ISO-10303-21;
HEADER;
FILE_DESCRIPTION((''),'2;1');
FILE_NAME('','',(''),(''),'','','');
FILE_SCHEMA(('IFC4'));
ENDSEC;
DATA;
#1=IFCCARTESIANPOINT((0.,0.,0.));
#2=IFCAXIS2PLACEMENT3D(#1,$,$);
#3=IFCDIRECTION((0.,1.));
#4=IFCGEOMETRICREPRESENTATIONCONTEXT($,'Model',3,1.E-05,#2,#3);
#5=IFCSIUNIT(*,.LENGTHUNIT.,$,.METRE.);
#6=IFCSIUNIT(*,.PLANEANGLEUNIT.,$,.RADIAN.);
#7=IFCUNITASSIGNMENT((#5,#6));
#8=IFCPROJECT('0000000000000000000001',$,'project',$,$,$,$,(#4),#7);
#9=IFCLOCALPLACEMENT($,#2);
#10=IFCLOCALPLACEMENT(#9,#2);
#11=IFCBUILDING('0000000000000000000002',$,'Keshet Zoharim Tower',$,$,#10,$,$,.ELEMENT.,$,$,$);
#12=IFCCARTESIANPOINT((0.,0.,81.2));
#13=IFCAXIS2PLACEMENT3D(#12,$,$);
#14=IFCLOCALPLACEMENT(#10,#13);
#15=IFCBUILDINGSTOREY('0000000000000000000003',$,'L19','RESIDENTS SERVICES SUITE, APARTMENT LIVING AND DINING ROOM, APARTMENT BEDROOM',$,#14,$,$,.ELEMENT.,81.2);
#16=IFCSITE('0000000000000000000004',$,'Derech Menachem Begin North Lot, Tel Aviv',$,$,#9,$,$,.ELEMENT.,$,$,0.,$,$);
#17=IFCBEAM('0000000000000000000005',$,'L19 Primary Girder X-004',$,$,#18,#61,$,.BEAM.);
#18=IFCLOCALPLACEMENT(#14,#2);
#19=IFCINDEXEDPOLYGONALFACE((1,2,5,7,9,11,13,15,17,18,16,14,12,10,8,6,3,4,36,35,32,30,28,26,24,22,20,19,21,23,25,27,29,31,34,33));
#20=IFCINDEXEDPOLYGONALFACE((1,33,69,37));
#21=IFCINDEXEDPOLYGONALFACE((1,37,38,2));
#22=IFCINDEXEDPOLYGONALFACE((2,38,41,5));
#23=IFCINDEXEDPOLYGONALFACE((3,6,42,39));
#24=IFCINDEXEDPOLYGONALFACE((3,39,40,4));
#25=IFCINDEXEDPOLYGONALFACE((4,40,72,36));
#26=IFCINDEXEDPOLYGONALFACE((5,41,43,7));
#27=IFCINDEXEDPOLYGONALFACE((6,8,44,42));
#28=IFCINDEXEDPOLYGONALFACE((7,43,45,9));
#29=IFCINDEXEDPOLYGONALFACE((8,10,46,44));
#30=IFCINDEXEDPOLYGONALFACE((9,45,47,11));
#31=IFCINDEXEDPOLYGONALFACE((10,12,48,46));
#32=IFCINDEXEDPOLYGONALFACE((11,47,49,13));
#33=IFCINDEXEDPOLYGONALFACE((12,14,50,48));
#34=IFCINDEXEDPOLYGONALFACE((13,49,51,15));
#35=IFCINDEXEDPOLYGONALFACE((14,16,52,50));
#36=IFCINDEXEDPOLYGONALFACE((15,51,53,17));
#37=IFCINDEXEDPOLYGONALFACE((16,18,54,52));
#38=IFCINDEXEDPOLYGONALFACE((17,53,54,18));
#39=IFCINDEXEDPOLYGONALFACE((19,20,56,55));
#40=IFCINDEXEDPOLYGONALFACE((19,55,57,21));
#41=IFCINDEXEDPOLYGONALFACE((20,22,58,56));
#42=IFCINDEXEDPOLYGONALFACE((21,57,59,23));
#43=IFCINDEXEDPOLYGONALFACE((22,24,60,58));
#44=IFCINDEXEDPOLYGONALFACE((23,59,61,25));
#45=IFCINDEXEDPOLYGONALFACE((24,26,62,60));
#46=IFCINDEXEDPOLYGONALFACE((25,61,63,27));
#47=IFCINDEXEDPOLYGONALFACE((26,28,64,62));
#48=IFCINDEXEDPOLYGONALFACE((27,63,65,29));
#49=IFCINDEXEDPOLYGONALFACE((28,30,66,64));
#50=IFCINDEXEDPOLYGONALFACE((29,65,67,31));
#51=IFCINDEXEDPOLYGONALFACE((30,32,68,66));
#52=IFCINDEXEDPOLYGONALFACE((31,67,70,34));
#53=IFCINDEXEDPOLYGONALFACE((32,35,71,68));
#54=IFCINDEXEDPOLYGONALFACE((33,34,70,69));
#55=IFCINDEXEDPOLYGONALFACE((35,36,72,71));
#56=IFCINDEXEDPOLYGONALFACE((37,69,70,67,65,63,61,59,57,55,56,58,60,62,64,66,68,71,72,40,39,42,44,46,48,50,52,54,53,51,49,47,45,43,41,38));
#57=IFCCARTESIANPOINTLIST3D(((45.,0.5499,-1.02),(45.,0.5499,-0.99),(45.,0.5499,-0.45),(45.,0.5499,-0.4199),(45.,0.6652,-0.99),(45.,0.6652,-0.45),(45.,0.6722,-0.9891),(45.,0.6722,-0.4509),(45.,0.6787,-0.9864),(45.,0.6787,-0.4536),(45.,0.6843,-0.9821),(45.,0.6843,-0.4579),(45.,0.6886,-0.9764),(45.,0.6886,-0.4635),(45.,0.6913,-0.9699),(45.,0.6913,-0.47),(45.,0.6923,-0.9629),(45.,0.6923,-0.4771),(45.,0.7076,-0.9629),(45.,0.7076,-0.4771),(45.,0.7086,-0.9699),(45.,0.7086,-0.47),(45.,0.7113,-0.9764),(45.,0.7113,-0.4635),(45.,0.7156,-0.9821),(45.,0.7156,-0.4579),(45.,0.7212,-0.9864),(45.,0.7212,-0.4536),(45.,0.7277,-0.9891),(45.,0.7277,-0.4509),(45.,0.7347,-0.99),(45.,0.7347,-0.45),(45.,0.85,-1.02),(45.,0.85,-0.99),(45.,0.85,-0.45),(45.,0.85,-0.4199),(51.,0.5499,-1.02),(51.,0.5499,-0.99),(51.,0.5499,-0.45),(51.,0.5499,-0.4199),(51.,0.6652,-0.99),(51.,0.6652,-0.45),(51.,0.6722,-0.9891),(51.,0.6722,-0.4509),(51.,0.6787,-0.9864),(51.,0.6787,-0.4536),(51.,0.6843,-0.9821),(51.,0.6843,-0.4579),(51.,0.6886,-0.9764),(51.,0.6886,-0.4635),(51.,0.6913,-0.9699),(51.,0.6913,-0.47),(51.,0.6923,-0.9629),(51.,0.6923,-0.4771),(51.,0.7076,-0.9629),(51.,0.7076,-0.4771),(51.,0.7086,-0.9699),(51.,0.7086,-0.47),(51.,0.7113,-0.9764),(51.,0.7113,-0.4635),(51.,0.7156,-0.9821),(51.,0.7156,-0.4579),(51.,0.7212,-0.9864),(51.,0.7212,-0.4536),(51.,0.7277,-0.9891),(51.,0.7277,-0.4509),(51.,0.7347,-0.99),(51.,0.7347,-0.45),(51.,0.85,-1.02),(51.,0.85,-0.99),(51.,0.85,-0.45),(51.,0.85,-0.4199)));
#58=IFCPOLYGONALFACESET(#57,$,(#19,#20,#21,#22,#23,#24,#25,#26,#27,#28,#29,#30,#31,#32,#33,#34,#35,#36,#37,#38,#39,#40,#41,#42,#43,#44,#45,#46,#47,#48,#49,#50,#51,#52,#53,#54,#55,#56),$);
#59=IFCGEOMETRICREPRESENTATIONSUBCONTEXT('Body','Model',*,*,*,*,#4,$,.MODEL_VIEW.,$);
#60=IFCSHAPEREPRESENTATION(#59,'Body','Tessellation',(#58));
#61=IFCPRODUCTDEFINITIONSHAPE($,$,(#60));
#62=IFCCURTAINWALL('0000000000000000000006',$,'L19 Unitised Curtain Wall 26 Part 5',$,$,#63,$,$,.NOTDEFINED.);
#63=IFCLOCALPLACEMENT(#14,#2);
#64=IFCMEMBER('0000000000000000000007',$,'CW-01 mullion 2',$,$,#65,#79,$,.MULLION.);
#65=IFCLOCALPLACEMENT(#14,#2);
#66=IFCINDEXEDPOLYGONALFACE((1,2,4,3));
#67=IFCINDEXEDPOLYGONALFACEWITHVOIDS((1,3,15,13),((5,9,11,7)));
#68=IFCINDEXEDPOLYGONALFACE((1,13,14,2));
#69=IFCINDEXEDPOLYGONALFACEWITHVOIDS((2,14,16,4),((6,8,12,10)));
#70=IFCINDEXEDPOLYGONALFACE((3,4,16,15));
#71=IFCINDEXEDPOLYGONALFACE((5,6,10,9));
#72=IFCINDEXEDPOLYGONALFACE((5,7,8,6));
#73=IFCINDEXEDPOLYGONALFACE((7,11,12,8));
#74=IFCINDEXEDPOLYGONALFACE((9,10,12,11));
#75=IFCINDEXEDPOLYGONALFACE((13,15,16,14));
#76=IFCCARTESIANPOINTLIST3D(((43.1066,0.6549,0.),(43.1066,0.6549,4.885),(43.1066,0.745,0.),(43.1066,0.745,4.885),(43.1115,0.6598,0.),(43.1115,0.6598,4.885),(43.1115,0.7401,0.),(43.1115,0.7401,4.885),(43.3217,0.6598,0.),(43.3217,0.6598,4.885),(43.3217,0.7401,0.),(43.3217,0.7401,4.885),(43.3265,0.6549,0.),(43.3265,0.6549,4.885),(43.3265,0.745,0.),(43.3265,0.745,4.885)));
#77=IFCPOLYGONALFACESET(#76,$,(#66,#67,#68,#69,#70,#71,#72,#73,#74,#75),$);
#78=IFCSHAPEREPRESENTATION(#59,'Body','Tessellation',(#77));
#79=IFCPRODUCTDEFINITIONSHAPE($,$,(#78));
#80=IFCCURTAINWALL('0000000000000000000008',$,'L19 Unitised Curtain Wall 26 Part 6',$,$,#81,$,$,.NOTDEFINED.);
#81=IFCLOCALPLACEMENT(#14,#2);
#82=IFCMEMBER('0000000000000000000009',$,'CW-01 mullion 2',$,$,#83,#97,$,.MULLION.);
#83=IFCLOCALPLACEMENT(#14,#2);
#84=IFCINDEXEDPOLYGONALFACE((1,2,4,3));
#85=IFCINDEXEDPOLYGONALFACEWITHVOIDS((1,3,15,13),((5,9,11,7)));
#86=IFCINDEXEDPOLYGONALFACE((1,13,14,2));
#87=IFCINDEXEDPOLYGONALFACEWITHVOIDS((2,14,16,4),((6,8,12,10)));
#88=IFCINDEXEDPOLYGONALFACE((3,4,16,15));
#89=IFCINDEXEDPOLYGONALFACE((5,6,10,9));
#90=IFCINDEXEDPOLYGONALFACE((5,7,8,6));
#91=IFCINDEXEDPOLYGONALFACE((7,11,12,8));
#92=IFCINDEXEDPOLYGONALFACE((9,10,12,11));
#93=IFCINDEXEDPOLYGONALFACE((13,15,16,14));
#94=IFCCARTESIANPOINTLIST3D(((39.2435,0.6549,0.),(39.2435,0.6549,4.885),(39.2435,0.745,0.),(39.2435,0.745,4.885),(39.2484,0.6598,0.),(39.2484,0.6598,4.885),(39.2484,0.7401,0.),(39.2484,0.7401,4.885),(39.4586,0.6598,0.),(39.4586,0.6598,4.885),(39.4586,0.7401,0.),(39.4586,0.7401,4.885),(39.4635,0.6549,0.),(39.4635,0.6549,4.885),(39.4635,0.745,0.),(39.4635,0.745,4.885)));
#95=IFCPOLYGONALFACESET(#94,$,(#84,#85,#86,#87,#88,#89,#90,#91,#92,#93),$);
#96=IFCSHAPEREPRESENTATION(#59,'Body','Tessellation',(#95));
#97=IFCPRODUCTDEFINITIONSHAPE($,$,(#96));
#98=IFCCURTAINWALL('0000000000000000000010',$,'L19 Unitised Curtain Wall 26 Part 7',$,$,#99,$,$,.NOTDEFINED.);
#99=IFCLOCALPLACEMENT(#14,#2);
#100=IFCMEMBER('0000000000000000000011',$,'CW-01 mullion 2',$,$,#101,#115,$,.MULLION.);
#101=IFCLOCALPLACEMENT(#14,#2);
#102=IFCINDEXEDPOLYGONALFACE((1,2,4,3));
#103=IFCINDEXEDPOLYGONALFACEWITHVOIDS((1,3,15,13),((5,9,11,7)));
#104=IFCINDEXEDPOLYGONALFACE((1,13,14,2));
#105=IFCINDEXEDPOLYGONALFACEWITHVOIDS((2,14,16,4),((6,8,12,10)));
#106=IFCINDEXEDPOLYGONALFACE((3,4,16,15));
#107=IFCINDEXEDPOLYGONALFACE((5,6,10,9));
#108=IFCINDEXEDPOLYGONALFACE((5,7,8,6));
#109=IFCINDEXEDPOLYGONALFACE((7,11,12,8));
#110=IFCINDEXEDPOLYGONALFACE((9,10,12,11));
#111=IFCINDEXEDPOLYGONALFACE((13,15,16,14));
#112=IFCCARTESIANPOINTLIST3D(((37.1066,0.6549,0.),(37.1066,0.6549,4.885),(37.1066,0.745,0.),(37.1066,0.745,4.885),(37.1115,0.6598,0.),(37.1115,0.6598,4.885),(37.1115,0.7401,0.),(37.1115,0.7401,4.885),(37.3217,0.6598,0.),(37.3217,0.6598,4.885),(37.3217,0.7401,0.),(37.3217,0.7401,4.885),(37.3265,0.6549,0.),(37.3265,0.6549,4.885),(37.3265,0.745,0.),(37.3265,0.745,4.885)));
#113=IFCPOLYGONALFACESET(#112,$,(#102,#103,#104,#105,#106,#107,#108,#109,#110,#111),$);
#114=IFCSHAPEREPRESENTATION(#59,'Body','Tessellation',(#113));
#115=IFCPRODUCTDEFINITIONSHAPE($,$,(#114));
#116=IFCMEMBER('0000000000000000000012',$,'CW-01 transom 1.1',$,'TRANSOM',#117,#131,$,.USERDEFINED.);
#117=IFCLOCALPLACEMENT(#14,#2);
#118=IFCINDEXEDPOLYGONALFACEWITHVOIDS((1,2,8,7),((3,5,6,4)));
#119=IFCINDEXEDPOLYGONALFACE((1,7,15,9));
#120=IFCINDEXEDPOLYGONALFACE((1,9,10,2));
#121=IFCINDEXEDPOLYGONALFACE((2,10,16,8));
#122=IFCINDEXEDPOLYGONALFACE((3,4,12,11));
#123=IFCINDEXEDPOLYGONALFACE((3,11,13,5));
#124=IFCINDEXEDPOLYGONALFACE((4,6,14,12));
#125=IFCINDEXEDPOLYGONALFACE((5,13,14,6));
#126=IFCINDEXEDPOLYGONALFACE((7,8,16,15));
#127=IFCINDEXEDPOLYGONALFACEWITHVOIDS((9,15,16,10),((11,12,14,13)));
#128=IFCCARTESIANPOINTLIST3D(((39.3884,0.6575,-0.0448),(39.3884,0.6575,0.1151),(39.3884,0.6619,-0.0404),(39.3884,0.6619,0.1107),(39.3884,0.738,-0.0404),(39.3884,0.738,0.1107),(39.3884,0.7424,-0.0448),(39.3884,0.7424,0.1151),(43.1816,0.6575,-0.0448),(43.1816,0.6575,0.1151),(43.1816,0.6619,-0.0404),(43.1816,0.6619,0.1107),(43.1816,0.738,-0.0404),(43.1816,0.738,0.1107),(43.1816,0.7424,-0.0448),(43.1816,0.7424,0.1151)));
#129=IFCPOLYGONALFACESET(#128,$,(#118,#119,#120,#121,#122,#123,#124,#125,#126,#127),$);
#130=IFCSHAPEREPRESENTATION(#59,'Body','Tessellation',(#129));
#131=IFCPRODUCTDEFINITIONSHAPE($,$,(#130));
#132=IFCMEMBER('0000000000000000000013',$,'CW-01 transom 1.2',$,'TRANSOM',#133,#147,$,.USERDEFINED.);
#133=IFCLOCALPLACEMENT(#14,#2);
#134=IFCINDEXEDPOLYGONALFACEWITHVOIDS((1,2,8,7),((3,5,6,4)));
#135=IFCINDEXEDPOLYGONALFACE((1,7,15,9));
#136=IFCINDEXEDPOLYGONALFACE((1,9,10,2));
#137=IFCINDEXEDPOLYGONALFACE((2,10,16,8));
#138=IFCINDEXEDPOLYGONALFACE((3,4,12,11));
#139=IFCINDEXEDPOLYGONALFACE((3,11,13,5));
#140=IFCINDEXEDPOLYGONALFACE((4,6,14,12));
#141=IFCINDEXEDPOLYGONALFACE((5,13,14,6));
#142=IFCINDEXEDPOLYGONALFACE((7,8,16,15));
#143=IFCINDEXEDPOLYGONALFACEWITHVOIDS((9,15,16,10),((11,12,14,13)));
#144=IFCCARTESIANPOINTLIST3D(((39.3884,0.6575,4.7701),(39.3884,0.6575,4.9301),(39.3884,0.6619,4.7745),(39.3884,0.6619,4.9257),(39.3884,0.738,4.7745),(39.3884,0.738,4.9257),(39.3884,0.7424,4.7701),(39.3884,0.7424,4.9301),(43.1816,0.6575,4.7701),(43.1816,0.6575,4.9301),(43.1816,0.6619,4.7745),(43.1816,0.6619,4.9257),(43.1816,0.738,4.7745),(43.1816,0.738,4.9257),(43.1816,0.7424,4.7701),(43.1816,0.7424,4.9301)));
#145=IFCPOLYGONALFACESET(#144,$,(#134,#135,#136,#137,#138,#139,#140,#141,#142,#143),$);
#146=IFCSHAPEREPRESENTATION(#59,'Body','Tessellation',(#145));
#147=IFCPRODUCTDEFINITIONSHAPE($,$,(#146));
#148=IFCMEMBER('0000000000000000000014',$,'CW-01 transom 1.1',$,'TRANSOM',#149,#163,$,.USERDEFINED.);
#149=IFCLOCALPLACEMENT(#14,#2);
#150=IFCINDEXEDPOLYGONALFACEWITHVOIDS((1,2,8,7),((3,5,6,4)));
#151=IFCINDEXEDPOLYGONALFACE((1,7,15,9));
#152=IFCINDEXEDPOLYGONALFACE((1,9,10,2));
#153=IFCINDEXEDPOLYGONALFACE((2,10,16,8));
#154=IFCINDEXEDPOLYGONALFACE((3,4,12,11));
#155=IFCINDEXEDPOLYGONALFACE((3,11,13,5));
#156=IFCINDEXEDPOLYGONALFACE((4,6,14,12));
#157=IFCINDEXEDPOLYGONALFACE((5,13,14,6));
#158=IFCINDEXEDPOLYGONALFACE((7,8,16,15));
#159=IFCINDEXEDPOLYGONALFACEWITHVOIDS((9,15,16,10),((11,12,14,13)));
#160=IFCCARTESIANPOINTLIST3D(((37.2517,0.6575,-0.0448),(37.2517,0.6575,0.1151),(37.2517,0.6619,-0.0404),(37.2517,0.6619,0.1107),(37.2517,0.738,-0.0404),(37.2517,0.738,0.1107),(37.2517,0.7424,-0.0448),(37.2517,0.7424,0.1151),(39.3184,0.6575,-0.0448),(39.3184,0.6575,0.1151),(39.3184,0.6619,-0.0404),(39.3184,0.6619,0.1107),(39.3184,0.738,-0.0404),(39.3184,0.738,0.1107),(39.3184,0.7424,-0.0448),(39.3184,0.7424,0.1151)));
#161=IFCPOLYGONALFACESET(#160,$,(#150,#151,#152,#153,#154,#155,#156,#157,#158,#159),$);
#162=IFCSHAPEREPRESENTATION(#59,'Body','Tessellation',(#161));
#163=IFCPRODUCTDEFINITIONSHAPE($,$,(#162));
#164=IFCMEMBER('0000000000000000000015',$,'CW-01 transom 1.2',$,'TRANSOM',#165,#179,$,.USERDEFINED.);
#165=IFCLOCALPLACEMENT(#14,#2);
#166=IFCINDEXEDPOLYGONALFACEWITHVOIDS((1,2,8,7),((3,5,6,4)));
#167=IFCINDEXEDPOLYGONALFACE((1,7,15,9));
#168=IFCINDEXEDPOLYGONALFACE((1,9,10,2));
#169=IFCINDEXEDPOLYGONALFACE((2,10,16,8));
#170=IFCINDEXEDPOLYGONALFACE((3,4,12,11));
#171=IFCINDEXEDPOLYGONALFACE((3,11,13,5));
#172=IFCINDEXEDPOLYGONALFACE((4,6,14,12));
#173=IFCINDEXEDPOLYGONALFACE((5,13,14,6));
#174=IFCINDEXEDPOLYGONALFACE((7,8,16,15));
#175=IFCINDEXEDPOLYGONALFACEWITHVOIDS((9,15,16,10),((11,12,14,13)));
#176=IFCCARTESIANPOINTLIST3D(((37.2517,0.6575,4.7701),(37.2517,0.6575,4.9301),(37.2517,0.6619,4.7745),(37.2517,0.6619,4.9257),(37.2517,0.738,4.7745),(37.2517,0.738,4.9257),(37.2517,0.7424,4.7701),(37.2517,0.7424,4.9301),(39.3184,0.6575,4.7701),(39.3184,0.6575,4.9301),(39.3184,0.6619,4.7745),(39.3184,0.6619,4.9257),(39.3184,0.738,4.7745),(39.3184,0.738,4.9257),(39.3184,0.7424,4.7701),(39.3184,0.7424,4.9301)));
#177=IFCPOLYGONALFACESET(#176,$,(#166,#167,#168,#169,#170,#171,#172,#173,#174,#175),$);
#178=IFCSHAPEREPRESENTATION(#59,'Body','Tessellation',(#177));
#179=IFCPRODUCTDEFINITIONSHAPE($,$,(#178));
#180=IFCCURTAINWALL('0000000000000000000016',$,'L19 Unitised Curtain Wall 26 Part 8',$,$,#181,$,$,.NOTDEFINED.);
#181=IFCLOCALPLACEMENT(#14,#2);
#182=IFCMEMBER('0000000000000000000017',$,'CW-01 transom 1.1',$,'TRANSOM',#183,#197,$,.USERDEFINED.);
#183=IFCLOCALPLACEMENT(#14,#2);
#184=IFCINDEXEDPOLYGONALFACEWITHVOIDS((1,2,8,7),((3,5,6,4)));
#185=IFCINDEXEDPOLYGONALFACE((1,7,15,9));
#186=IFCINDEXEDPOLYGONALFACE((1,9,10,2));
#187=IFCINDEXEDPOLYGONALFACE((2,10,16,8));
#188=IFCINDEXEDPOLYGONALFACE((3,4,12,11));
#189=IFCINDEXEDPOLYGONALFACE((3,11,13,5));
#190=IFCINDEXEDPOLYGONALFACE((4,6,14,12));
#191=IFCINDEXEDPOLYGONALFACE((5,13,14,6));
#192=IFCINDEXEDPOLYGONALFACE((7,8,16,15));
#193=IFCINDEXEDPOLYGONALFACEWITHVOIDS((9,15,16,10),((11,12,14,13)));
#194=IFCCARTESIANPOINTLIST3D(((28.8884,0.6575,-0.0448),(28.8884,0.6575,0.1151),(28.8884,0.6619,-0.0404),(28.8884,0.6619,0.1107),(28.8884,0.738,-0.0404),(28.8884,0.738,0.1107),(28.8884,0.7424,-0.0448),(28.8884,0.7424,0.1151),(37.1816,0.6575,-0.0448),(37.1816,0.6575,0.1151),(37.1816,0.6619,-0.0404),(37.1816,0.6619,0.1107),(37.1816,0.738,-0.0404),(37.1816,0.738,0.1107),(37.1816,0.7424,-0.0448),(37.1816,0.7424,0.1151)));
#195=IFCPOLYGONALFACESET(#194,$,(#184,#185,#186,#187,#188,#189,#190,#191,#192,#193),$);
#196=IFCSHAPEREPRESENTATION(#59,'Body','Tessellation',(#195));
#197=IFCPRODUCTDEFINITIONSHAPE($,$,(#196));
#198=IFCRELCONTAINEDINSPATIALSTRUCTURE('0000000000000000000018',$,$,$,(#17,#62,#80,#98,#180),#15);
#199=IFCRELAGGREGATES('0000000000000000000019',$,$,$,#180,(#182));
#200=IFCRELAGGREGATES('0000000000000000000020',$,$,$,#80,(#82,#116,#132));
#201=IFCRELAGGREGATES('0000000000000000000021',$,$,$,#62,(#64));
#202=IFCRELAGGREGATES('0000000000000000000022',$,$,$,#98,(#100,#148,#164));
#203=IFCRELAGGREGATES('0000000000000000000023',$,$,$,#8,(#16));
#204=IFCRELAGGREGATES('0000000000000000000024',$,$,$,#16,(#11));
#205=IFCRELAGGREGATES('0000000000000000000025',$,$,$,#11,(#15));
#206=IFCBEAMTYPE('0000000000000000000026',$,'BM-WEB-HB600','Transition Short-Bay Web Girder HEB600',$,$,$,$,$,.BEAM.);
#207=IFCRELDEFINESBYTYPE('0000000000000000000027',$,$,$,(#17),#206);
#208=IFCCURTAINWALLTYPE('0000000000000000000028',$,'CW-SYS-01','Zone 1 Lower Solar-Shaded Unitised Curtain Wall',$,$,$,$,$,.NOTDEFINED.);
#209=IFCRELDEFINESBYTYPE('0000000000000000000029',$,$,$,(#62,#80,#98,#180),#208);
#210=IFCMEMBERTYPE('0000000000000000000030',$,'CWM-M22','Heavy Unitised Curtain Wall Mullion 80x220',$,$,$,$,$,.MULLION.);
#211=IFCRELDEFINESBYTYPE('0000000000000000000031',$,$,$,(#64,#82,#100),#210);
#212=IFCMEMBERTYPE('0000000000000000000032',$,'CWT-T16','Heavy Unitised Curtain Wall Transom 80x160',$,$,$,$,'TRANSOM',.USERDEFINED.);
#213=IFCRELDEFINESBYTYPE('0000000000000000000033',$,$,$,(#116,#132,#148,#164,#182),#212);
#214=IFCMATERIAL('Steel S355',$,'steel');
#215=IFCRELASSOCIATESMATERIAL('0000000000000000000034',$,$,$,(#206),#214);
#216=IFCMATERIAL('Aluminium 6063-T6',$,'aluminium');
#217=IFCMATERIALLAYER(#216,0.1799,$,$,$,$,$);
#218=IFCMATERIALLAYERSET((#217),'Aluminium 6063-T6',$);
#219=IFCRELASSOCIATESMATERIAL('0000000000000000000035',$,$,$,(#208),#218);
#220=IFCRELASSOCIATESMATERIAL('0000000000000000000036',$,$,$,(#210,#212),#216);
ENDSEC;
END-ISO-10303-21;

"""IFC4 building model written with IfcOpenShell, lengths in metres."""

from ifc_helpers import new_model, si_unit, direction, frame, origin, origin_2d, place, context, subcontext, project, spatial, hollow_rectangle, i_section, extrude, material, layer, layer_set, material_profile, profile_set, type_object, element, aggregate, save


model = new_model("IFC4")

# Units and contexts
model_context = context("Model", 3, precision=1e-05, world=origin(), true_north=direction((0.0, 1.0)))
body_context = subcontext(model_context, "Body", "Model", "MODEL_VIEW")
ifc_project = project(units=[si_unit("LENGTHUNIT", "METRE"), si_unit("PLANEANGLEUNIT", "RADIAN")], contexts=[model_context])

# Site, building, storey
site_placement = place(None, origin())
site = spatial("IfcSite", under=ifc_project, at=site_placement, Name="Derech Menachem Begin North Lot, Tel Aviv", CompositionType="ELEMENT", RefElevation=0.0)
building_placement = place(site_placement, origin())
building = spatial("IfcBuilding", under=site, at=building_placement, Name="Keshet Zoharim Tower", CompositionType="ELEMENT")
storey_placement = place(building_placement, frame((0.0, 0.0, 81.2)))
storey = spatial("IfcBuildingStorey", under=building, at=storey_placement, Name="L19", Description="RESIDENTS SERVICES SUITE, APARTMENT LIVING AND DINING ROOM, APARTMENT BEDROOM", CompositionType="ELEMENT", Elevation=81.2)

# Shared definitions
ifc_material_1 = material(Name="Steel S355", Category="steel")

# Beam
ifc_material_profile_1 = material_profile(ifc_material_1, i_section(OverallWidth=0.3, OverallDepth=0.6001, WebThickness=0.0154, FlangeThickness=0.03, FilletRadius=0.0271, at=origin_2d()), Name="HEB600")
ifc_profile_set_1 = profile_set([ifc_material_profile_1], Name="Steel S355")
beam_type_1 = type_object("IfcBeamType", Name="BM-WEB-HB600", Description="Transition Short-Bay Web Girder HEB600", PredefinedType="BEAM", material=ifc_profile_set_1)
for number, where, z_axis, x_axis, name in (
    (1, (45.0, 0.7, -0.72), (1.0, 0.0, 0.0), (0.0, 1.0, 0.0), "L19 Primary Girder X-004"),
):
    element("IfcBeam", number, at=place(storey_placement, frame(where, z_axis=z_axis, x_axis=x_axis)), inside=storey, type_object=beam_type_1, Name=name, PredefinedType="BEAM", context=body_context, shape_type="SweptSolid", body=[
        extrude(i_section(OverallWidth=0.3, OverallDepth=0.6001, WebThickness=0.0154, FlangeThickness=0.03, FilletRadius=0.0271, at=origin_2d()), origin(), (0.0, 0.0, 1.0), 6.0),
    ])

# Curtain walls, members
ifc_material_2 = material(Name="Aluminium 6063-T6", Category="aluminium")
ifc_layer_1 = layer(ifc_material_2, 0.1799)
ifc_layer_set_1 = layer_set([ifc_layer_1], Name="Aluminium 6063-T6")
curtain_wall_type = type_object("IfcCurtainWallType", Name="CW-SYS-01", Description="Zone 1 Lower Solar-Shaded Unitised Curtain Wall", PredefinedType="NOTDEFINED", material=ifc_layer_set_1)
curtain_wall_1_placement = place(storey_placement, origin())
curtain_wall_1 = element("IfcCurtainWall", 2, at=curtain_wall_1_placement, inside=storey, type_object=curtain_wall_type, Name="L19 Unitised Curtain Wall 26 Part 5", PredefinedType="NOTDEFINED")
ifc_material_profile_2 = material_profile(ifc_material_2, hollow_rectangle(XDim=0.0901, YDim=0.22, WallThickness=0.0049, at=origin_2d()), Name="MUL-90x220")
ifc_profile_set_2 = profile_set([ifc_material_profile_2], Name="Aluminium 6063-T6")
member_type_1 = type_object("IfcMemberType", Name="CWM-M22", Description="Heavy Unitised Curtain Wall Mullion 80x220", PredefinedType="MULLION", material=ifc_profile_set_2)
member_1_placement = place(storey_placement, frame((43.2166, 0.7, 0.0), z_axis=(0.0, 0.0, 1.0), x_axis=(0.0, -1.0, 0.0)))
member_1 = element("IfcMember", 3, at=member_1_placement, type_object=member_type_1, Name="CW-01 mullion 2", PredefinedType="MULLION", context=body_context, shape_type="SweptSolid", body=[
    extrude(hollow_rectangle(XDim=0.0901, YDim=0.22, WallThickness=0.0049, at=origin_2d()), origin(), (0.0, 0.0, 1.0), 4.885),
])
curtain_wall_2_placement = place(storey_placement, origin())
curtain_wall_2 = element("IfcCurtainWall", 4, at=curtain_wall_2_placement, inside=storey, type_object=curtain_wall_type, Name="L19 Unitised Curtain Wall 26 Part 6", PredefinedType="NOTDEFINED")
member_2_placement = place(storey_placement, frame((39.3535, 0.7, 0.0), z_axis=(0.0, 0.0, 1.0), x_axis=(0.0, -1.0, 0.0)))
member_2 = element("IfcMember", 5, at=member_2_placement, type_object=member_type_1, Name="CW-01 mullion 2", PredefinedType="MULLION", context=body_context, shape_type="SweptSolid", body=[
    extrude(hollow_rectangle(XDim=0.0901, YDim=0.22, WallThickness=0.0049, at=origin_2d()), origin(), (0.0, 0.0, 1.0), 4.885),
])
curtain_wall_3_placement = place(storey_placement, origin())
curtain_wall_3 = element("IfcCurtainWall", 6, at=curtain_wall_3_placement, inside=storey, type_object=curtain_wall_type, Name="L19 Unitised Curtain Wall 26 Part 7", PredefinedType="NOTDEFINED")
member_3_placement = place(storey_placement, frame((37.2166, 0.7, 0.0), z_axis=(0.0, 0.0, 1.0), x_axis=(0.0, -1.0, 0.0)))
member_3 = element("IfcMember", 7, at=member_3_placement, type_object=member_type_1, Name="CW-01 mullion 2", PredefinedType="MULLION", context=body_context, shape_type="SweptSolid", body=[
    extrude(hollow_rectangle(XDim=0.0901, YDim=0.22, WallThickness=0.0049, at=origin_2d()), origin(), (0.0, 0.0, 1.0), 4.885),
])

# Members
ifc_material_profile_3 = material_profile(ifc_material_2, hollow_rectangle(XDim=0.085, YDim=0.1599, WallThickness=0.0044, at=origin_2d()), Name="TRN-85x160")
ifc_profile_set_3 = profile_set([ifc_material_profile_3], Name="Aluminium 6063-T6")
member_type_2 = type_object("IfcMemberType", Name="CWT-T16", Description="Heavy Unitised Curtain Wall Transom 80x160", ElementType="TRANSOM", PredefinedType="USERDEFINED", material=ifc_profile_set_3)
member_4_placement = place(storey_placement, frame((43.1816, 0.7, 0.0352), z_axis=(-1.0, 0.0, 0.0), x_axis=(0.0, -1.0, 0.0)))
member_4 = element("IfcMember", 8, at=member_4_placement, type_object=member_type_2, Name="CW-01 transom 1.1", ObjectType="TRANSOM", PredefinedType="USERDEFINED", context=body_context, shape_type="SweptSolid", body=[
    extrude(hollow_rectangle(XDim=0.085, YDim=0.1599, WallThickness=0.0044, at=origin_2d()), origin(), (0.0, 0.0, 1.0), 3.7932),
])
member_5_placement = place(storey_placement, frame((43.1816, 0.7, 4.8501), z_axis=(-1.0, 0.0, 0.0), x_axis=(0.0, -1.0, 0.0)))
member_5 = element("IfcMember", 9, at=member_5_placement, type_object=member_type_2, Name="CW-01 transom 1.2", ObjectType="TRANSOM", PredefinedType="USERDEFINED", context=body_context, shape_type="SweptSolid", body=[
    extrude(hollow_rectangle(XDim=0.085, YDim=0.1599, WallThickness=0.0044, at=origin_2d()), origin(), (0.0, 0.0, 1.0), 3.7932),
])
member_6_placement = place(storey_placement, frame((39.3184, 0.7, 0.0352), z_axis=(-1.0, 0.0, 0.0), x_axis=(0.0, -1.0, 0.0)))
member_6 = element("IfcMember", 10, at=member_6_placement, type_object=member_type_2, Name="CW-01 transom 1.1", ObjectType="TRANSOM", PredefinedType="USERDEFINED", context=body_context, shape_type="SweptSolid", body=[
    extrude(hollow_rectangle(XDim=0.085, YDim=0.1599, WallThickness=0.0044, at=origin_2d()), origin(), (0.0, 0.0, 1.0), 2.0667),
])
member_7_placement = place(storey_placement, frame((39.3184, 0.7, 4.8501), z_axis=(-1.0, 0.0, 0.0), x_axis=(0.0, -1.0, 0.0)))
member_7 = element("IfcMember", 11, at=member_7_placement, type_object=member_type_2, Name="CW-01 transom 1.2", ObjectType="TRANSOM", PredefinedType="USERDEFINED", context=body_context, shape_type="SweptSolid", body=[
    extrude(hollow_rectangle(XDim=0.085, YDim=0.1599, WallThickness=0.0044, at=origin_2d()), origin(), (0.0, 0.0, 1.0), 2.0667),
])

# Curtain wall, member
curtain_wall_4_placement = place(storey_placement, origin())
curtain_wall_4 = element("IfcCurtainWall", 12, at=curtain_wall_4_placement, inside=storey, type_object=curtain_wall_type, Name="L19 Unitised Curtain Wall 26 Part 8", PredefinedType="NOTDEFINED")
member_8_placement = place(storey_placement, frame((37.1816, 0.7, 0.0352), z_axis=(-1.0, 0.0, 0.0), x_axis=(0.0, -1.0, 0.0)))
member_8 = element("IfcMember", 13, at=member_8_placement, type_object=member_type_2, Name="CW-01 transom 1.1", ObjectType="TRANSOM", PredefinedType="USERDEFINED", context=body_context, shape_type="SweptSolid", body=[
    extrude(hollow_rectangle(XDim=0.085, YDim=0.1599, WallThickness=0.0044, at=origin_2d()), origin(), (0.0, 0.0, 1.0), 8.2932),
])
aggregate(curtain_wall_4, [member_8])

aggregate(curtain_wall_2, [member_2, member_4, member_5])
aggregate(curtain_wall_1, [member_1])
aggregate(curtain_wall_3, [member_3, member_6, member_7])

save(model, "model.ifc")
